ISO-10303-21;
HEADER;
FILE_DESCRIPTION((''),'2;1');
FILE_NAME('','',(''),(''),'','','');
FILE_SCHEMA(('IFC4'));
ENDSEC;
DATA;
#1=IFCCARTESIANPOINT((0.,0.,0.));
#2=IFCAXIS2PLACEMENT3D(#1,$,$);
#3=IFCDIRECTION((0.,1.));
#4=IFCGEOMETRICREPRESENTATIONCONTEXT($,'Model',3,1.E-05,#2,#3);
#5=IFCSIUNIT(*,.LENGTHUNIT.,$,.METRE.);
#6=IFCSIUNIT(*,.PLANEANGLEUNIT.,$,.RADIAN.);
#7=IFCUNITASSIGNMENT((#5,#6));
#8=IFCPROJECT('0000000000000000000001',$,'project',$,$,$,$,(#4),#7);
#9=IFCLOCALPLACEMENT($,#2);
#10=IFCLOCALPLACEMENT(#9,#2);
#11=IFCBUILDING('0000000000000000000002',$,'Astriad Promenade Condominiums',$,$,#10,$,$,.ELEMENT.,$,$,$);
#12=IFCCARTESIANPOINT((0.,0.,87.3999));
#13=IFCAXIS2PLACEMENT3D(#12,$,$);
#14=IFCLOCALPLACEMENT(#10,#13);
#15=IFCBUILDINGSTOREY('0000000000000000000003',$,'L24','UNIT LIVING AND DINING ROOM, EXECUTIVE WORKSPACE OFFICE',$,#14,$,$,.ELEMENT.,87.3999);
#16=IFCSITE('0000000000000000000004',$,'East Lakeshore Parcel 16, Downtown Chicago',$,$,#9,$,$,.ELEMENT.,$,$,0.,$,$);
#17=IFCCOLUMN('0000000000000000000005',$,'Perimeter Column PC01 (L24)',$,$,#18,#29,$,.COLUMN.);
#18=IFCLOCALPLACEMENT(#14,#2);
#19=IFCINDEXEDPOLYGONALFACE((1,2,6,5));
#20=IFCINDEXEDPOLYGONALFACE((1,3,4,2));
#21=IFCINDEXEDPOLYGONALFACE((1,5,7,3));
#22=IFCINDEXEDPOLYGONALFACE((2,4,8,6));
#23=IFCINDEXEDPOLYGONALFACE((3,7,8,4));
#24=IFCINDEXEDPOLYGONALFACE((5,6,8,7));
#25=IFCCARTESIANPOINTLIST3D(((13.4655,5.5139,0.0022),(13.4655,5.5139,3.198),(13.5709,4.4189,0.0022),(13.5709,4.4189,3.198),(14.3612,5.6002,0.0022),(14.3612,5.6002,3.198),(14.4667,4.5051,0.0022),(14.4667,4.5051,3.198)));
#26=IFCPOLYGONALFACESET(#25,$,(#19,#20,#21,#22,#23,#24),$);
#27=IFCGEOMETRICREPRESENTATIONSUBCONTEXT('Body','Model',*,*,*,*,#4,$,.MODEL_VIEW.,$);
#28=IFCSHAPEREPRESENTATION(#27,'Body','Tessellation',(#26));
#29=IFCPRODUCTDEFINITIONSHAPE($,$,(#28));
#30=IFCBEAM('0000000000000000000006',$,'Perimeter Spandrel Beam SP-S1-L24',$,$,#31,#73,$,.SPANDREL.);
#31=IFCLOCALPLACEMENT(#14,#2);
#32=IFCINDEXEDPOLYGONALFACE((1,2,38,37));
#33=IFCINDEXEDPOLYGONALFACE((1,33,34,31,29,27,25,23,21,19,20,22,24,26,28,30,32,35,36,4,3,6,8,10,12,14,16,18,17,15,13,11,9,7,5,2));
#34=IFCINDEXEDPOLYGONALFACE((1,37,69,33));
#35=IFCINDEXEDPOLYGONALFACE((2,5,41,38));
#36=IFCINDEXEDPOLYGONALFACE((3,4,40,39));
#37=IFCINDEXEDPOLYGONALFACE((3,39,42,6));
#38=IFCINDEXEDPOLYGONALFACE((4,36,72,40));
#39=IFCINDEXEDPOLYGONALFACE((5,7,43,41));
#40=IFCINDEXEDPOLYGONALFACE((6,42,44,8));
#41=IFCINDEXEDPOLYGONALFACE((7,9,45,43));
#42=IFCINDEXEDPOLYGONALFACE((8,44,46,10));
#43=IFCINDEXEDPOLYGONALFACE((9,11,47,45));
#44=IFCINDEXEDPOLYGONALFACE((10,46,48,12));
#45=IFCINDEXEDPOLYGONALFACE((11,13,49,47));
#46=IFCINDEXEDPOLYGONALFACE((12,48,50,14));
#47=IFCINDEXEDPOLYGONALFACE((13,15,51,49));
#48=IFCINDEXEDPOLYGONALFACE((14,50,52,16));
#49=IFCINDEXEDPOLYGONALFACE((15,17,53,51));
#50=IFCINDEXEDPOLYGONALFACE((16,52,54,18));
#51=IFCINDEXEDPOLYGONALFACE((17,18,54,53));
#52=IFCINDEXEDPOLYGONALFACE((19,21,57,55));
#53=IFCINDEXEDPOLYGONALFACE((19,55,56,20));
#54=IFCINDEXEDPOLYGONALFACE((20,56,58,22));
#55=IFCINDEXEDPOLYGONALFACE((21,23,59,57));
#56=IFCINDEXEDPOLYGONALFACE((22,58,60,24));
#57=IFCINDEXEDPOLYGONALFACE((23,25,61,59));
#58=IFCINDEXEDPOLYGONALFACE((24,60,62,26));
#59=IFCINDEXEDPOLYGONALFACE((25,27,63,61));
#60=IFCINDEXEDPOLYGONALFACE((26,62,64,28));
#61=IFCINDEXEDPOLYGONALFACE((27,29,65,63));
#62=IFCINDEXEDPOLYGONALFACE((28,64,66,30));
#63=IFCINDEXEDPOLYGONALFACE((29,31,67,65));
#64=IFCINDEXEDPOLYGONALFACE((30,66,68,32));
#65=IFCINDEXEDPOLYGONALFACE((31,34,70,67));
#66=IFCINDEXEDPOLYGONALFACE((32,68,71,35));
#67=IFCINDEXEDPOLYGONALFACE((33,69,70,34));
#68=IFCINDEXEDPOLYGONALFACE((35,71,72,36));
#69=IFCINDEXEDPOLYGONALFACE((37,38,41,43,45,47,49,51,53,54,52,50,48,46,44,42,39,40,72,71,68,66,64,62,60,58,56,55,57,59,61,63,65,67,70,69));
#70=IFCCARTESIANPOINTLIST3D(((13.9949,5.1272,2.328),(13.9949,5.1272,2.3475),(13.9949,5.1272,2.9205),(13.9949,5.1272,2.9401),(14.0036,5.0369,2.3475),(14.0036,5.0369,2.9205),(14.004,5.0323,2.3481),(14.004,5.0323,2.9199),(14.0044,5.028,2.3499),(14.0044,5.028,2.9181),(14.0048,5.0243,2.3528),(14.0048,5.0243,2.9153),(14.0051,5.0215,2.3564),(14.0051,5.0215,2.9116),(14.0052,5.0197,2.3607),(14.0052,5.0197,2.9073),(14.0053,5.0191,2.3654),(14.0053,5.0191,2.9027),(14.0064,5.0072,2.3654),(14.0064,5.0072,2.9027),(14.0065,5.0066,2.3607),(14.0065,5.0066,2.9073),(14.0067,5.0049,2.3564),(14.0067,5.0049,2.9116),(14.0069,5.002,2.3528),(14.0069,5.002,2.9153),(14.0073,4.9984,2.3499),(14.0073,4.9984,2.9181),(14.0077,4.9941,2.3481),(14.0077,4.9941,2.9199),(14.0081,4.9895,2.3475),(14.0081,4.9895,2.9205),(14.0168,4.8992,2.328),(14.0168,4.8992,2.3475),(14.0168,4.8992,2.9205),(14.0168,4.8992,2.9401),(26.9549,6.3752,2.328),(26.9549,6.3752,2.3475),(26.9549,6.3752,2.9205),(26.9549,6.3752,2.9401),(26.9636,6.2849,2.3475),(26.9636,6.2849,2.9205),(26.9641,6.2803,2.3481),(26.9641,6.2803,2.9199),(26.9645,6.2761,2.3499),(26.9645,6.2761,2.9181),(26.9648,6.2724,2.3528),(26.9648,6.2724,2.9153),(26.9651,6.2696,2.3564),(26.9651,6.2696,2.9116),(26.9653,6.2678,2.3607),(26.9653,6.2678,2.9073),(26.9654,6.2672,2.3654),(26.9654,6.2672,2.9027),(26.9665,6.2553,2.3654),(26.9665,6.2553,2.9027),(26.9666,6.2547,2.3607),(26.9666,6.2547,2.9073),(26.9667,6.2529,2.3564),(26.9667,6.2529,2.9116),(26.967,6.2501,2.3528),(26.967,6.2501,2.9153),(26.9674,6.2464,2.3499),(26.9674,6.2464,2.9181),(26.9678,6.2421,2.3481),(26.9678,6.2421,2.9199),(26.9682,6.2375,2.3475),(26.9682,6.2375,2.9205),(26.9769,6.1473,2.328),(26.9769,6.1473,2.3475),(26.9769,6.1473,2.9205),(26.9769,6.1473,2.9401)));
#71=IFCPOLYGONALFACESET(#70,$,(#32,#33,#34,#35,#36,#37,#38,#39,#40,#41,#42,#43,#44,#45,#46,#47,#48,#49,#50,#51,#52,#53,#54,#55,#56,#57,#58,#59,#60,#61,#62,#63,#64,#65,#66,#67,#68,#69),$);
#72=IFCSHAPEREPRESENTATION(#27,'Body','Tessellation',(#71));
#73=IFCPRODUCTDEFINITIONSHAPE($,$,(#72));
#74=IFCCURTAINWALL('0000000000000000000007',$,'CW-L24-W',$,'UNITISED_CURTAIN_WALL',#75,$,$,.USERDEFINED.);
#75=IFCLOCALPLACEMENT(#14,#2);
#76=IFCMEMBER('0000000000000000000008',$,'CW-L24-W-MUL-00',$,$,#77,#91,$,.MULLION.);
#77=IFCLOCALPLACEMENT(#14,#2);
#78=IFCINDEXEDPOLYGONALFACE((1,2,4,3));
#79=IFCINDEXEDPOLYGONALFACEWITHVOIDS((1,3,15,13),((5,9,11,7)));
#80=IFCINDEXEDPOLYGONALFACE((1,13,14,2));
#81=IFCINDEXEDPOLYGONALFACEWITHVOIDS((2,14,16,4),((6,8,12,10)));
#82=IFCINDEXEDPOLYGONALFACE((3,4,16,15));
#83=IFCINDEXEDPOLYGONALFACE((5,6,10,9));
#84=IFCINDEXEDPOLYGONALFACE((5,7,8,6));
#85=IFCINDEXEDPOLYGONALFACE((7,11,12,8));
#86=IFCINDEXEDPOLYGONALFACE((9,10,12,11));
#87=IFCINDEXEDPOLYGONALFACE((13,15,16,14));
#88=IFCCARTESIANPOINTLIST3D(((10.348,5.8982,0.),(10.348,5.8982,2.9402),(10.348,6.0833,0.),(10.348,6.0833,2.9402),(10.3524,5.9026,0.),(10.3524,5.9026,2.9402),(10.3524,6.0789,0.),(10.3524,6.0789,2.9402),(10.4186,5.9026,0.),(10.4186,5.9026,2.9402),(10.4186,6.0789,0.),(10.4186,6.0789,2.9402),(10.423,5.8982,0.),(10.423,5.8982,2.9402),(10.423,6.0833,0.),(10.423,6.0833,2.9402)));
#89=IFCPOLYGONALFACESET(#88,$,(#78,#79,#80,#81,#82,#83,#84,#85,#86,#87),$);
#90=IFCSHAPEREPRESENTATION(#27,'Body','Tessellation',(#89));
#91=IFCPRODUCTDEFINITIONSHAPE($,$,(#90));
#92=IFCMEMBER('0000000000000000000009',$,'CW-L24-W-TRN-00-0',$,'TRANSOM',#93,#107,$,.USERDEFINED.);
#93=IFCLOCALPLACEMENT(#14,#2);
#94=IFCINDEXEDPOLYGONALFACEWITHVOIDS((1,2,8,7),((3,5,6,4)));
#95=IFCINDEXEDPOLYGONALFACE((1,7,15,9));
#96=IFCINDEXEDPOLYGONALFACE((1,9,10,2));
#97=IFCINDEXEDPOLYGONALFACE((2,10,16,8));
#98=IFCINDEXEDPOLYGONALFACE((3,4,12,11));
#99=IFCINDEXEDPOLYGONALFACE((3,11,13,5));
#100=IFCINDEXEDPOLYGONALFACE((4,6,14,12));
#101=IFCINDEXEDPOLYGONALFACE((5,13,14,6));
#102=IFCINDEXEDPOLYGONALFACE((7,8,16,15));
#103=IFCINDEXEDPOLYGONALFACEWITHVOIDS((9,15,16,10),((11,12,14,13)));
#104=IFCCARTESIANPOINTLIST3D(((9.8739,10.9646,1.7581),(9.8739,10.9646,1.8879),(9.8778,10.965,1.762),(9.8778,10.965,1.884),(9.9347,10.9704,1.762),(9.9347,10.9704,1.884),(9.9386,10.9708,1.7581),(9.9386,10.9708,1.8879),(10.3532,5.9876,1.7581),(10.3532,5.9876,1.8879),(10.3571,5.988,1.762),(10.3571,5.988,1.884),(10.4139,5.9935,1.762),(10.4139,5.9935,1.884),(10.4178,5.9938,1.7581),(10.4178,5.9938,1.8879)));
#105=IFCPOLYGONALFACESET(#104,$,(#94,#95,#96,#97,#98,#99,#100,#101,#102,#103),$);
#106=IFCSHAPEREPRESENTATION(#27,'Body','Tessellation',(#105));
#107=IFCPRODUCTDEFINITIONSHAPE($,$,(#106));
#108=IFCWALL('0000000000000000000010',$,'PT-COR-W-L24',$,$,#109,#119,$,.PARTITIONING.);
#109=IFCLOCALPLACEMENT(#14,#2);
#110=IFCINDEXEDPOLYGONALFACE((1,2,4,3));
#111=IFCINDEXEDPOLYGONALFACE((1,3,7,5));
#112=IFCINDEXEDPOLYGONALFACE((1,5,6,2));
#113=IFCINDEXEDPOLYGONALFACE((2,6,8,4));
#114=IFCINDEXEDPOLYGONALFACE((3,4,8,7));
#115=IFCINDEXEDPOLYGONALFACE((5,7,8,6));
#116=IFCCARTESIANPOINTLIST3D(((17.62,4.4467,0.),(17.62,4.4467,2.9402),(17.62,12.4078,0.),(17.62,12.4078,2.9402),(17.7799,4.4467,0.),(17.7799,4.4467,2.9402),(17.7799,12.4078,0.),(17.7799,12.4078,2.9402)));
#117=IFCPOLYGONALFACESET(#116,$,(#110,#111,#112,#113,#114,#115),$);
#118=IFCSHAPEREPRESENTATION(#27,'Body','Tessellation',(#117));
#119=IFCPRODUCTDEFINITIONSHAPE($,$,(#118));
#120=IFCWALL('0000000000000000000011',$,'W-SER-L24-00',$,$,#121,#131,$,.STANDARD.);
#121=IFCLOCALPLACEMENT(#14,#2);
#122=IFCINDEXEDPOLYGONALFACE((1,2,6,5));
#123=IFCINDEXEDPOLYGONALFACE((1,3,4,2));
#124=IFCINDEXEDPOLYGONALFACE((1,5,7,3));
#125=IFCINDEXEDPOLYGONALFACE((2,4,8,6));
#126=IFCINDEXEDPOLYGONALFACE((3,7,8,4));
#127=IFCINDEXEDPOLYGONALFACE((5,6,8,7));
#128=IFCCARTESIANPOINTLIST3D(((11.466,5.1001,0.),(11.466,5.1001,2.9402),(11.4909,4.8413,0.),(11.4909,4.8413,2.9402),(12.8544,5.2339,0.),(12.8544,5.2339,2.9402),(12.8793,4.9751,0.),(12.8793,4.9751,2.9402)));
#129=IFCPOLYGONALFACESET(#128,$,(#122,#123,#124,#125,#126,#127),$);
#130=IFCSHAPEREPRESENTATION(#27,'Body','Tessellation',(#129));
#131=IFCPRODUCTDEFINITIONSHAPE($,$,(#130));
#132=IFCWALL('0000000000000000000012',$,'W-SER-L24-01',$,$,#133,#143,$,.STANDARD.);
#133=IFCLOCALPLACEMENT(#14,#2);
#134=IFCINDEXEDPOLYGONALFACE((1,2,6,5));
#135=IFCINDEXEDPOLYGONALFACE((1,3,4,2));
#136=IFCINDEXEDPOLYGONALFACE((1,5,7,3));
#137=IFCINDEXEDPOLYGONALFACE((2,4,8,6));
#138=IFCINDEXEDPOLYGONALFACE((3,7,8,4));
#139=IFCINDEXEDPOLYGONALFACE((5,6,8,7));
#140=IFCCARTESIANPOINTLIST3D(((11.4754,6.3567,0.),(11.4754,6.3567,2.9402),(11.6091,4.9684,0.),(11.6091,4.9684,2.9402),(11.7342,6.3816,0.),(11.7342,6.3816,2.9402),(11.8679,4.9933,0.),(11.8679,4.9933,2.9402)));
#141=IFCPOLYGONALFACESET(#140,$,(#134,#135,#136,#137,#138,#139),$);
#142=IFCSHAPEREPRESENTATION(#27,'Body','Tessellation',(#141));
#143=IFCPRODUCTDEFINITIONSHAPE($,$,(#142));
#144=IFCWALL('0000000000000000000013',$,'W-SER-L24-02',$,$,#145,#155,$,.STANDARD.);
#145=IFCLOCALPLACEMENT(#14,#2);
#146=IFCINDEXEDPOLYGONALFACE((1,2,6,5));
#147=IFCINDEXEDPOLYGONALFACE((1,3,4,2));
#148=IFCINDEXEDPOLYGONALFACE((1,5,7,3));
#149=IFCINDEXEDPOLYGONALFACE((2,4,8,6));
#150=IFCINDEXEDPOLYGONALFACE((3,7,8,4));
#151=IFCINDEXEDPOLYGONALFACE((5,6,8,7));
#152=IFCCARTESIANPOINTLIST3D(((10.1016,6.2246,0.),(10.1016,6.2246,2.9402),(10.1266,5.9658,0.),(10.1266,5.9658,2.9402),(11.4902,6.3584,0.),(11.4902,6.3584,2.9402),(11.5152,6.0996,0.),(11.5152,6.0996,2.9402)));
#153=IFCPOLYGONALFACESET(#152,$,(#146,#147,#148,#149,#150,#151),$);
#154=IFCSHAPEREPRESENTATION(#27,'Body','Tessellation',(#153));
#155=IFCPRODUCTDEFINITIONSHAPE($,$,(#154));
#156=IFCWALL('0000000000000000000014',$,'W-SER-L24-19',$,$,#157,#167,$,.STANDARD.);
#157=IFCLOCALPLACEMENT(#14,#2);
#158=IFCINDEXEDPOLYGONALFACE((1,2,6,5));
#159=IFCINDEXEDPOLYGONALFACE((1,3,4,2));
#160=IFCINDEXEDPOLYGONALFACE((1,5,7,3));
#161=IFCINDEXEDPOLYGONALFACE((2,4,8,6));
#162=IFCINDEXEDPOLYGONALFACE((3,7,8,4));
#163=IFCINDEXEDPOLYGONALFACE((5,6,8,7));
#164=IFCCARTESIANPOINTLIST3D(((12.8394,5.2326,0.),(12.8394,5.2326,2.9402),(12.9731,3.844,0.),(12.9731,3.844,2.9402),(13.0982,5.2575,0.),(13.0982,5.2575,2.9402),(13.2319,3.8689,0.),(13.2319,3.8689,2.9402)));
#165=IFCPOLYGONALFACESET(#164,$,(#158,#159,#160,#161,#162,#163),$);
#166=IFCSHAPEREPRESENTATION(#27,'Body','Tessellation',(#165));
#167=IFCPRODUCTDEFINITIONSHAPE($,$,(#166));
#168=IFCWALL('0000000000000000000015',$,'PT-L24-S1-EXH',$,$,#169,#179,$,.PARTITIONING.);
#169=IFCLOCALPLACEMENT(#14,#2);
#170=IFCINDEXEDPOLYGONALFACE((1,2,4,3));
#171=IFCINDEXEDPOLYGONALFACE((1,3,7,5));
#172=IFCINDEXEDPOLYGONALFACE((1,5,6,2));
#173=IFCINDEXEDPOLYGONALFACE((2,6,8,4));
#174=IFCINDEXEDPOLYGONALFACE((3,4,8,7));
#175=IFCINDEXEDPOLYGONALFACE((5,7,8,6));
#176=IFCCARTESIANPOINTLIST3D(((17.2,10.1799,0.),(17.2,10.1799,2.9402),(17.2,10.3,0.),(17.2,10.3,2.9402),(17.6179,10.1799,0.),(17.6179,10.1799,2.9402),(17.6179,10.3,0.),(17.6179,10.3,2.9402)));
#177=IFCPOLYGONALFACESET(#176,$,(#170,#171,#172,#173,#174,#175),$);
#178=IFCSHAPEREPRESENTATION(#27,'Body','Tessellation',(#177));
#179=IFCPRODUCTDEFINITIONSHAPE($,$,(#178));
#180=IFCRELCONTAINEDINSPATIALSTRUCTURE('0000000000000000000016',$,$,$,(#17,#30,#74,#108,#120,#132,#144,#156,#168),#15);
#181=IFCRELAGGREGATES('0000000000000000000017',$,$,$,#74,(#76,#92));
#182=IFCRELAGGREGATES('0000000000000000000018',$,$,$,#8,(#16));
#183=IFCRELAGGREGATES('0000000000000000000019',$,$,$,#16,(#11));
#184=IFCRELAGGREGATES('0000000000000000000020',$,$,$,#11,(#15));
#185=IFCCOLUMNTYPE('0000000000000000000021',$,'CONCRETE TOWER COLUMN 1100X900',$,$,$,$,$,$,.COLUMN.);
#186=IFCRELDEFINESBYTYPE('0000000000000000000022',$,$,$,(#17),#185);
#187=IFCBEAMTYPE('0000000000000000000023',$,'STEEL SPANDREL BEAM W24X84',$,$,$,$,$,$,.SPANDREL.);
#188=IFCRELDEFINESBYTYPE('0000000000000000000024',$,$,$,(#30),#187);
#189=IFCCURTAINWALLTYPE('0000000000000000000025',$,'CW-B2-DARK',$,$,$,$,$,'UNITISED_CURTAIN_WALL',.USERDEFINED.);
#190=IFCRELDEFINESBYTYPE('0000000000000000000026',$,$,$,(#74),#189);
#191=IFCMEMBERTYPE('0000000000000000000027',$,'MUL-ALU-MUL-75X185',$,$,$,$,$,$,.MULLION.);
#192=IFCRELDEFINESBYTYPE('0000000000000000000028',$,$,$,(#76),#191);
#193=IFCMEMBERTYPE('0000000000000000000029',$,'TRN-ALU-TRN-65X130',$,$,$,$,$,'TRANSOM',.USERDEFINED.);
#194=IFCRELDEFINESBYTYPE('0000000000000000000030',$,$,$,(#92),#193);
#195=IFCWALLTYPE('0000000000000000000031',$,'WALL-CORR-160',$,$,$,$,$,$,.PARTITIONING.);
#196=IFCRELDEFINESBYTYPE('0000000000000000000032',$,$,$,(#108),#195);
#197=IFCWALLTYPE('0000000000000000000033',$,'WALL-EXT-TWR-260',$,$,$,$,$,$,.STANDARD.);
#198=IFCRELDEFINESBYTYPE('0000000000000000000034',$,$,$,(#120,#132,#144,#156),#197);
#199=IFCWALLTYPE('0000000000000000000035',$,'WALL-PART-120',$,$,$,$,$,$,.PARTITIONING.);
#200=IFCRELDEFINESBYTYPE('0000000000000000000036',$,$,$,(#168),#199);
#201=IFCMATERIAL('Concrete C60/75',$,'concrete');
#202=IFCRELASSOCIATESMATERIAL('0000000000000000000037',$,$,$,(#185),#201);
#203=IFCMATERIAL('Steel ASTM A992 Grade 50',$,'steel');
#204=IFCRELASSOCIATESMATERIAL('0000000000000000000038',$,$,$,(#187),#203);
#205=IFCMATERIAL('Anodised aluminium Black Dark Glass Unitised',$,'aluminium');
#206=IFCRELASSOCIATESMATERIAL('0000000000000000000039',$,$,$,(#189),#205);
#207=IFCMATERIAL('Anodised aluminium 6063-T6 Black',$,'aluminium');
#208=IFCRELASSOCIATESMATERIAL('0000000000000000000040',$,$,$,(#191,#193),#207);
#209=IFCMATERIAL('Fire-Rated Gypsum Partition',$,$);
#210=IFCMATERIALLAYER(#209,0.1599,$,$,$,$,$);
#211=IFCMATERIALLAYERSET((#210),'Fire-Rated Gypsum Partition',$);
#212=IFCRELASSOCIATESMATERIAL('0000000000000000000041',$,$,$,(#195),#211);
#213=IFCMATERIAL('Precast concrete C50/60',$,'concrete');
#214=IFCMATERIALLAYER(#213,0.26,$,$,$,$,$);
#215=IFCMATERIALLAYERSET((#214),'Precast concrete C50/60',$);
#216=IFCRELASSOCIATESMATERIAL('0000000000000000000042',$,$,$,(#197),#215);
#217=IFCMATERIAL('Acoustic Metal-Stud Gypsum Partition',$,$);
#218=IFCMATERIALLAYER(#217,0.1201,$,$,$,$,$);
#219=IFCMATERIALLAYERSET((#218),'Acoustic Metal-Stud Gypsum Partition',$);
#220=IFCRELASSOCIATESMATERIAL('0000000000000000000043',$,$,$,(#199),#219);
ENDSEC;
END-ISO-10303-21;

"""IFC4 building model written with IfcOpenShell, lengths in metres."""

from ifc_helpers import new_model, si_unit, direction, frame, frame_2d, origin, origin_2d, place, context, subcontext, project, spatial, rectangle, hollow_rectangle, i_section, extrude, source, transform, mapped, material, layer, layer_set, material_profile, profile_set, type_object, type_shapes, element, aggregate, save


model = new_model("IFC4")

# Units and contexts
model_context = context("Model", 3, precision=1e-05, world=origin(), true_north=direction((0.0, 1.0)))
body_context = subcontext(model_context, "Body", "Model", "MODEL_VIEW")
ifc_project = project(units=[si_unit("LENGTHUNIT", "METRE"), si_unit("PLANEANGLEUNIT", "RADIAN")], contexts=[model_context])

# Site, building, storey
site_placement = place(None, origin())
site = spatial("IfcSite", under=ifc_project, at=site_placement, Name="East Lakeshore Parcel 16, Downtown Chicago", CompositionType="ELEMENT", RefElevation=0.0)
building_placement = place(site_placement, origin())
building = spatial("IfcBuilding", under=site, at=building_placement, Name="Astriad Promenade Condominiums", CompositionType="ELEMENT")
storey_placement = place(building_placement, frame((0.0, 0.0, 87.3999)))
storey = spatial("IfcBuildingStorey", under=building, at=storey_placement, Name="L24", Description="UNIT LIVING AND DINING ROOM, EXECUTIVE WORKSPACE OFFICE", CompositionType="ELEMENT", Elevation=87.3999)

# Column
ifc_material_1 = material(Name="Concrete C60/75", Category="concrete")
ifc_material_profile_1 = material_profile(ifc_material_1, rectangle(XDim=0.8999, YDim=1.1001, at=origin_2d()), Name="RC-COL-1100X900")
ifc_profile_set_1 = profile_set([ifc_material_profile_1], Name="Concrete C60/75")
column_type = type_object("IfcColumnType", Name="CONCRETE TOWER COLUMN 1100X900", PredefinedType="COLUMN", material=ifc_profile_set_1)
shared_shape_1 = source(origin(), body_context, "Body", "SweptSolid", [
    extrude(rectangle(XDim=0.8999, YDim=1.1001, at=origin_2d()), origin(), (0.0, 0.0, 1.0), 3.1958),
])
type_shapes(column_type, [shared_shape_1])
column_placement = place(storey_placement, frame((13.9661, 5.0095, 0.0022), z_axis=(0.0, 0.0, 1.0), x_axis=(0.995396, 0.095846, 0.0)))
element("IfcColumn", 1, at=column_placement, inside=storey, type_object=column_type, Name="Perimeter Column PC01 (L24)", PredefinedType="COLUMN", context=body_context, shape_type="MappedRepresentation", body=[
    mapped(shared_shape_1, transform((0.0, 0.0, 0.0), scale=1.0)),
])

# Beam
ifc_material_2 = material(Name="Steel ASTM A992 Grade 50", Category="steel")
ifc_material_profile_2 = material_profile(ifc_material_2, i_section(OverallWidth=0.229, OverallDepth=0.6121, WebThickness=0.012, FlangeThickness=0.0195, FilletRadius=0.0178, at=origin_2d()), Name="W24X84")
ifc_profile_set_2 = profile_set([ifc_material_profile_2], Name="Steel ASTM A992 Grade 50")
beam_type = type_object("IfcBeamType", Name="STEEL SPANDREL BEAM W24X84", PredefinedType="SPANDREL", material=ifc_profile_set_2)
shared_shape_2 = source(origin(), body_context, "Body", "SweptSolid", [
    extrude(i_section(OverallWidth=0.229, OverallDepth=0.6121, WebThickness=0.012, FlangeThickness=0.0195, FilletRadius=0.0178, at=origin_2d()), origin(), (0.0, 0.0, 1.0), 13.02),
])
type_shapes(beam_type, [shared_shape_2])
beam_placement = place(storey_placement, frame((14.0059, 5.0132, 2.634), z_axis=(0.995395, 0.095857, 0.0), x_axis=(-0.095857, 0.995395, 0.0)))
element("IfcBeam", 2, at=beam_placement, inside=storey, type_object=beam_type, Name="Perimeter Spandrel Beam SP-S1-L24", PredefinedType="SPANDREL", context=body_context, shape_type="MappedRepresentation", body=[
    mapped(shared_shape_2, transform((0.0, 0.0, 0.0), scale=1.0)),
])

# Curtain wall, members
ifc_material_3 = material(Name="Anodised aluminium Black Dark Glass Unitised", Category="aluminium")
curtain_wall_type = type_object("IfcCurtainWallType", Name="CW-B2-DARK", ElementType="UNITISED_CURTAIN_WALL", PredefinedType="USERDEFINED", material=ifc_material_3)
curtain_wall_placement = place(storey_placement, origin())
curtain_wall = element("IfcCurtainWall", 3, at=curtain_wall_placement, inside=storey, type_object=curtain_wall_type, Name="CW-L24-W", ObjectType="UNITISED_CURTAIN_WALL", PredefinedType="USERDEFINED")
ifc_material_4 = material(Name="Anodised aluminium 6063-T6 Black", Category="aluminium")
ifc_material_profile_3 = material_profile(ifc_material_4, hollow_rectangle(XDim=0.075, YDim=0.1851, WallThickness=0.0044, at=origin_2d()), Name="ALU-MUL-75X185")
ifc_profile_set_3 = profile_set([ifc_material_profile_3], Name="Anodised aluminium 6063-T6 Black")
member_type_1 = type_object("IfcMemberType", Name="MUL-ALU-MUL-75X185", PredefinedType="MULLION", material=ifc_profile_set_3)
shared_shape_3 = source(origin(), body_context, "Body", "SweptSolid", [
    extrude(hollow_rectangle(XDim=0.075, YDim=0.1851, WallThickness=0.0044, at=origin_2d()), origin(), (0.0, 0.0, 1.0), 2.9402),
])
type_shapes(member_type_1, [shared_shape_3])
member_1_placement = place(storey_placement, frame((10.3855, 5.9907, 0.0), z_axis=(0.0, 0.0, 1.0), x_axis=(1.0, 0.0, 0.0)))
member_1 = element("IfcMember", 4, at=member_1_placement, type_object=member_type_1, Name="CW-L24-W-MUL-00", PredefinedType="MULLION", context=body_context, shape_type="MappedRepresentation", body=[
    mapped(shared_shape_3, transform((0.0, 0.0, 0.0), scale=1.0)),
])
ifc_material_profile_4 = material_profile(ifc_material_4, hollow_rectangle(XDim=0.0649, YDim=0.1299, WallThickness=0.0039, at=origin_2d()), Name="ALU-TRN-65X130")
ifc_profile_set_4 = profile_set([ifc_material_profile_4], Name="Anodised aluminium 6063-T6 Black")
member_type_2 = type_object("IfcMemberType", Name="TRN-ALU-TRN-65X130", ElementType="TRANSOM", PredefinedType="USERDEFINED", material=ifc_profile_set_4)
shared_shape_4 = source(origin(), body_context, "Body", "SweptSolid", [
    extrude(hollow_rectangle(XDim=0.0649, YDim=0.1299, WallThickness=0.0039, at=origin_2d()), origin(), (0.0, 0.0, 1.0), 5.0),
])
type_shapes(member_type_2, [shared_shape_4])
member_2_placement = place(storey_placement, frame((10.3855, 5.9907, 1.823), z_axis=(-0.095848, 0.995396, 0.0), x_axis=(-0.995396, -0.095848, 0.0)))
member_2 = element("IfcMember", 5, at=member_2_placement, type_object=member_type_2, Name="CW-L24-W-TRN-00-0", ObjectType="TRANSOM", PredefinedType="USERDEFINED", context=body_context, shape_type="MappedRepresentation", body=[
    mapped(shared_shape_4, transform((0.0, 0.0, 0.0), scale=1.0)),
])
aggregate(curtain_wall, [member_1, member_2])

# Walls
ifc_material_5 = material(Name="Fire-Rated Gypsum Partition")
ifc_layer_1 = layer(ifc_material_5, 0.1599)
ifc_layer_set_1 = layer_set([ifc_layer_1], Name="Fire-Rated Gypsum Partition")
wall_type_1 = type_object("IfcWallType", Name="WALL-CORR-160", PredefinedType="PARTITIONING", material=ifc_layer_set_1)
wall_1_placement = place(storey_placement, frame((17.7, 4.4468, 0.0), z_axis=(0.0, 0.0, 1.0), x_axis=(0.0, 1.0, 0.0)))
element("IfcWall", 6, at=wall_1_placement, inside=storey, type_object=wall_type_1, Name="PT-COR-W-L24", PredefinedType="PARTITIONING", context=body_context, shape_type="SweptSolid", body=[
    extrude(rectangle(XDim=7.9612, YDim=0.1599, at=frame_2d((3.9805, 0.0))), origin(), (0.0, 0.0, 1.0), 2.9402),
])
ifc_material_6 = material(Name="Precast concrete C50/60", Category="concrete")
ifc_layer_2 = layer(ifc_material_6, 0.26)
ifc_layer_set_2 = layer_set([ifc_layer_2], Name="Precast concrete C50/60")
wall_type_2 = type_object("IfcWallType", Name="WALL-EXT-TWR-260", PredefinedType="STANDARD", material=ifc_layer_set_2)
for number, where, z_axis, x_axis, name in (
    (7, (12.8667, 5.1045, 0.0), (0.0, 0.0, 1.0), (-0.995389, -0.095916, 0.0), "W-SER-L24-00"),
    (8, (11.7385, 4.981, 0.0), (0.0, 0.0, 1.0), (-0.095916, 0.995389, 0.0), "W-SER-L24-01"),
):
    element("IfcWall", number, at=place(storey_placement, frame(where, z_axis=z_axis, x_axis=x_axis)), inside=storey, type_object=wall_type_2, Name=name, PredefinedType="STANDARD", context=body_context, shape_type="SweptSolid", body=[
        extrude(rectangle(XDim=1.3948, YDim=0.26, at=frame_2d((0.6973, 0.0))), origin(), (0.0, 0.0, 1.0), 2.9402),
    ])
for number, where, z_axis, x_axis, name in (
    (9, (11.5027, 6.229, 0.0), (0.0, 0.0, 1.0), (-0.995391, -0.095899, 0.0), "W-SER-L24-02"),
    (10, (13.1025, 3.8564, 0.0), (0.0, 0.0, 1.0), (-0.095899, 0.995391, 0.0), "W-SER-L24-19"),
):
    element("IfcWall", number, at=place(storey_placement, frame(where, z_axis=z_axis, x_axis=x_axis)), inside=storey, type_object=wall_type_2, Name=name, PredefinedType="STANDARD", context=body_context, shape_type="SweptSolid", body=[
        extrude(rectangle(XDim=1.395, YDim=0.26, at=frame_2d((0.6975, 0.0))), origin(), (0.0, 0.0, 1.0), 2.9402),
    ])
ifc_material_7 = material(Name="Acoustic Metal-Stud Gypsum Partition")
ifc_layer_3 = layer(ifc_material_7, 0.1201)
ifc_layer_set_3 = layer_set([ifc_layer_3], Name="Acoustic Metal-Stud Gypsum Partition")
wall_type_3 = type_object("IfcWallType", Name="WALL-PART-120", PredefinedType="PARTITIONING", material=ifc_layer_set_3)
wall_2_placement = place(storey_placement, frame((17.2, 10.24, 0.0), z_axis=(0.0, 0.0, 1.0), x_axis=(1.0, 0.0, 0.0)))
element("IfcWall", 11, at=wall_2_placement, inside=storey, type_object=wall_type_3, Name="PT-L24-S1-EXH", PredefinedType="PARTITIONING", context=body_context, shape_type="SweptSolid", body=[
    extrude(rectangle(XDim=0.418, YDim=0.1201, at=frame_2d((0.209, 0.0))), origin(), (0.0, 0.0, 1.0), 2.9402),
])

save(model, "model.ifc")
